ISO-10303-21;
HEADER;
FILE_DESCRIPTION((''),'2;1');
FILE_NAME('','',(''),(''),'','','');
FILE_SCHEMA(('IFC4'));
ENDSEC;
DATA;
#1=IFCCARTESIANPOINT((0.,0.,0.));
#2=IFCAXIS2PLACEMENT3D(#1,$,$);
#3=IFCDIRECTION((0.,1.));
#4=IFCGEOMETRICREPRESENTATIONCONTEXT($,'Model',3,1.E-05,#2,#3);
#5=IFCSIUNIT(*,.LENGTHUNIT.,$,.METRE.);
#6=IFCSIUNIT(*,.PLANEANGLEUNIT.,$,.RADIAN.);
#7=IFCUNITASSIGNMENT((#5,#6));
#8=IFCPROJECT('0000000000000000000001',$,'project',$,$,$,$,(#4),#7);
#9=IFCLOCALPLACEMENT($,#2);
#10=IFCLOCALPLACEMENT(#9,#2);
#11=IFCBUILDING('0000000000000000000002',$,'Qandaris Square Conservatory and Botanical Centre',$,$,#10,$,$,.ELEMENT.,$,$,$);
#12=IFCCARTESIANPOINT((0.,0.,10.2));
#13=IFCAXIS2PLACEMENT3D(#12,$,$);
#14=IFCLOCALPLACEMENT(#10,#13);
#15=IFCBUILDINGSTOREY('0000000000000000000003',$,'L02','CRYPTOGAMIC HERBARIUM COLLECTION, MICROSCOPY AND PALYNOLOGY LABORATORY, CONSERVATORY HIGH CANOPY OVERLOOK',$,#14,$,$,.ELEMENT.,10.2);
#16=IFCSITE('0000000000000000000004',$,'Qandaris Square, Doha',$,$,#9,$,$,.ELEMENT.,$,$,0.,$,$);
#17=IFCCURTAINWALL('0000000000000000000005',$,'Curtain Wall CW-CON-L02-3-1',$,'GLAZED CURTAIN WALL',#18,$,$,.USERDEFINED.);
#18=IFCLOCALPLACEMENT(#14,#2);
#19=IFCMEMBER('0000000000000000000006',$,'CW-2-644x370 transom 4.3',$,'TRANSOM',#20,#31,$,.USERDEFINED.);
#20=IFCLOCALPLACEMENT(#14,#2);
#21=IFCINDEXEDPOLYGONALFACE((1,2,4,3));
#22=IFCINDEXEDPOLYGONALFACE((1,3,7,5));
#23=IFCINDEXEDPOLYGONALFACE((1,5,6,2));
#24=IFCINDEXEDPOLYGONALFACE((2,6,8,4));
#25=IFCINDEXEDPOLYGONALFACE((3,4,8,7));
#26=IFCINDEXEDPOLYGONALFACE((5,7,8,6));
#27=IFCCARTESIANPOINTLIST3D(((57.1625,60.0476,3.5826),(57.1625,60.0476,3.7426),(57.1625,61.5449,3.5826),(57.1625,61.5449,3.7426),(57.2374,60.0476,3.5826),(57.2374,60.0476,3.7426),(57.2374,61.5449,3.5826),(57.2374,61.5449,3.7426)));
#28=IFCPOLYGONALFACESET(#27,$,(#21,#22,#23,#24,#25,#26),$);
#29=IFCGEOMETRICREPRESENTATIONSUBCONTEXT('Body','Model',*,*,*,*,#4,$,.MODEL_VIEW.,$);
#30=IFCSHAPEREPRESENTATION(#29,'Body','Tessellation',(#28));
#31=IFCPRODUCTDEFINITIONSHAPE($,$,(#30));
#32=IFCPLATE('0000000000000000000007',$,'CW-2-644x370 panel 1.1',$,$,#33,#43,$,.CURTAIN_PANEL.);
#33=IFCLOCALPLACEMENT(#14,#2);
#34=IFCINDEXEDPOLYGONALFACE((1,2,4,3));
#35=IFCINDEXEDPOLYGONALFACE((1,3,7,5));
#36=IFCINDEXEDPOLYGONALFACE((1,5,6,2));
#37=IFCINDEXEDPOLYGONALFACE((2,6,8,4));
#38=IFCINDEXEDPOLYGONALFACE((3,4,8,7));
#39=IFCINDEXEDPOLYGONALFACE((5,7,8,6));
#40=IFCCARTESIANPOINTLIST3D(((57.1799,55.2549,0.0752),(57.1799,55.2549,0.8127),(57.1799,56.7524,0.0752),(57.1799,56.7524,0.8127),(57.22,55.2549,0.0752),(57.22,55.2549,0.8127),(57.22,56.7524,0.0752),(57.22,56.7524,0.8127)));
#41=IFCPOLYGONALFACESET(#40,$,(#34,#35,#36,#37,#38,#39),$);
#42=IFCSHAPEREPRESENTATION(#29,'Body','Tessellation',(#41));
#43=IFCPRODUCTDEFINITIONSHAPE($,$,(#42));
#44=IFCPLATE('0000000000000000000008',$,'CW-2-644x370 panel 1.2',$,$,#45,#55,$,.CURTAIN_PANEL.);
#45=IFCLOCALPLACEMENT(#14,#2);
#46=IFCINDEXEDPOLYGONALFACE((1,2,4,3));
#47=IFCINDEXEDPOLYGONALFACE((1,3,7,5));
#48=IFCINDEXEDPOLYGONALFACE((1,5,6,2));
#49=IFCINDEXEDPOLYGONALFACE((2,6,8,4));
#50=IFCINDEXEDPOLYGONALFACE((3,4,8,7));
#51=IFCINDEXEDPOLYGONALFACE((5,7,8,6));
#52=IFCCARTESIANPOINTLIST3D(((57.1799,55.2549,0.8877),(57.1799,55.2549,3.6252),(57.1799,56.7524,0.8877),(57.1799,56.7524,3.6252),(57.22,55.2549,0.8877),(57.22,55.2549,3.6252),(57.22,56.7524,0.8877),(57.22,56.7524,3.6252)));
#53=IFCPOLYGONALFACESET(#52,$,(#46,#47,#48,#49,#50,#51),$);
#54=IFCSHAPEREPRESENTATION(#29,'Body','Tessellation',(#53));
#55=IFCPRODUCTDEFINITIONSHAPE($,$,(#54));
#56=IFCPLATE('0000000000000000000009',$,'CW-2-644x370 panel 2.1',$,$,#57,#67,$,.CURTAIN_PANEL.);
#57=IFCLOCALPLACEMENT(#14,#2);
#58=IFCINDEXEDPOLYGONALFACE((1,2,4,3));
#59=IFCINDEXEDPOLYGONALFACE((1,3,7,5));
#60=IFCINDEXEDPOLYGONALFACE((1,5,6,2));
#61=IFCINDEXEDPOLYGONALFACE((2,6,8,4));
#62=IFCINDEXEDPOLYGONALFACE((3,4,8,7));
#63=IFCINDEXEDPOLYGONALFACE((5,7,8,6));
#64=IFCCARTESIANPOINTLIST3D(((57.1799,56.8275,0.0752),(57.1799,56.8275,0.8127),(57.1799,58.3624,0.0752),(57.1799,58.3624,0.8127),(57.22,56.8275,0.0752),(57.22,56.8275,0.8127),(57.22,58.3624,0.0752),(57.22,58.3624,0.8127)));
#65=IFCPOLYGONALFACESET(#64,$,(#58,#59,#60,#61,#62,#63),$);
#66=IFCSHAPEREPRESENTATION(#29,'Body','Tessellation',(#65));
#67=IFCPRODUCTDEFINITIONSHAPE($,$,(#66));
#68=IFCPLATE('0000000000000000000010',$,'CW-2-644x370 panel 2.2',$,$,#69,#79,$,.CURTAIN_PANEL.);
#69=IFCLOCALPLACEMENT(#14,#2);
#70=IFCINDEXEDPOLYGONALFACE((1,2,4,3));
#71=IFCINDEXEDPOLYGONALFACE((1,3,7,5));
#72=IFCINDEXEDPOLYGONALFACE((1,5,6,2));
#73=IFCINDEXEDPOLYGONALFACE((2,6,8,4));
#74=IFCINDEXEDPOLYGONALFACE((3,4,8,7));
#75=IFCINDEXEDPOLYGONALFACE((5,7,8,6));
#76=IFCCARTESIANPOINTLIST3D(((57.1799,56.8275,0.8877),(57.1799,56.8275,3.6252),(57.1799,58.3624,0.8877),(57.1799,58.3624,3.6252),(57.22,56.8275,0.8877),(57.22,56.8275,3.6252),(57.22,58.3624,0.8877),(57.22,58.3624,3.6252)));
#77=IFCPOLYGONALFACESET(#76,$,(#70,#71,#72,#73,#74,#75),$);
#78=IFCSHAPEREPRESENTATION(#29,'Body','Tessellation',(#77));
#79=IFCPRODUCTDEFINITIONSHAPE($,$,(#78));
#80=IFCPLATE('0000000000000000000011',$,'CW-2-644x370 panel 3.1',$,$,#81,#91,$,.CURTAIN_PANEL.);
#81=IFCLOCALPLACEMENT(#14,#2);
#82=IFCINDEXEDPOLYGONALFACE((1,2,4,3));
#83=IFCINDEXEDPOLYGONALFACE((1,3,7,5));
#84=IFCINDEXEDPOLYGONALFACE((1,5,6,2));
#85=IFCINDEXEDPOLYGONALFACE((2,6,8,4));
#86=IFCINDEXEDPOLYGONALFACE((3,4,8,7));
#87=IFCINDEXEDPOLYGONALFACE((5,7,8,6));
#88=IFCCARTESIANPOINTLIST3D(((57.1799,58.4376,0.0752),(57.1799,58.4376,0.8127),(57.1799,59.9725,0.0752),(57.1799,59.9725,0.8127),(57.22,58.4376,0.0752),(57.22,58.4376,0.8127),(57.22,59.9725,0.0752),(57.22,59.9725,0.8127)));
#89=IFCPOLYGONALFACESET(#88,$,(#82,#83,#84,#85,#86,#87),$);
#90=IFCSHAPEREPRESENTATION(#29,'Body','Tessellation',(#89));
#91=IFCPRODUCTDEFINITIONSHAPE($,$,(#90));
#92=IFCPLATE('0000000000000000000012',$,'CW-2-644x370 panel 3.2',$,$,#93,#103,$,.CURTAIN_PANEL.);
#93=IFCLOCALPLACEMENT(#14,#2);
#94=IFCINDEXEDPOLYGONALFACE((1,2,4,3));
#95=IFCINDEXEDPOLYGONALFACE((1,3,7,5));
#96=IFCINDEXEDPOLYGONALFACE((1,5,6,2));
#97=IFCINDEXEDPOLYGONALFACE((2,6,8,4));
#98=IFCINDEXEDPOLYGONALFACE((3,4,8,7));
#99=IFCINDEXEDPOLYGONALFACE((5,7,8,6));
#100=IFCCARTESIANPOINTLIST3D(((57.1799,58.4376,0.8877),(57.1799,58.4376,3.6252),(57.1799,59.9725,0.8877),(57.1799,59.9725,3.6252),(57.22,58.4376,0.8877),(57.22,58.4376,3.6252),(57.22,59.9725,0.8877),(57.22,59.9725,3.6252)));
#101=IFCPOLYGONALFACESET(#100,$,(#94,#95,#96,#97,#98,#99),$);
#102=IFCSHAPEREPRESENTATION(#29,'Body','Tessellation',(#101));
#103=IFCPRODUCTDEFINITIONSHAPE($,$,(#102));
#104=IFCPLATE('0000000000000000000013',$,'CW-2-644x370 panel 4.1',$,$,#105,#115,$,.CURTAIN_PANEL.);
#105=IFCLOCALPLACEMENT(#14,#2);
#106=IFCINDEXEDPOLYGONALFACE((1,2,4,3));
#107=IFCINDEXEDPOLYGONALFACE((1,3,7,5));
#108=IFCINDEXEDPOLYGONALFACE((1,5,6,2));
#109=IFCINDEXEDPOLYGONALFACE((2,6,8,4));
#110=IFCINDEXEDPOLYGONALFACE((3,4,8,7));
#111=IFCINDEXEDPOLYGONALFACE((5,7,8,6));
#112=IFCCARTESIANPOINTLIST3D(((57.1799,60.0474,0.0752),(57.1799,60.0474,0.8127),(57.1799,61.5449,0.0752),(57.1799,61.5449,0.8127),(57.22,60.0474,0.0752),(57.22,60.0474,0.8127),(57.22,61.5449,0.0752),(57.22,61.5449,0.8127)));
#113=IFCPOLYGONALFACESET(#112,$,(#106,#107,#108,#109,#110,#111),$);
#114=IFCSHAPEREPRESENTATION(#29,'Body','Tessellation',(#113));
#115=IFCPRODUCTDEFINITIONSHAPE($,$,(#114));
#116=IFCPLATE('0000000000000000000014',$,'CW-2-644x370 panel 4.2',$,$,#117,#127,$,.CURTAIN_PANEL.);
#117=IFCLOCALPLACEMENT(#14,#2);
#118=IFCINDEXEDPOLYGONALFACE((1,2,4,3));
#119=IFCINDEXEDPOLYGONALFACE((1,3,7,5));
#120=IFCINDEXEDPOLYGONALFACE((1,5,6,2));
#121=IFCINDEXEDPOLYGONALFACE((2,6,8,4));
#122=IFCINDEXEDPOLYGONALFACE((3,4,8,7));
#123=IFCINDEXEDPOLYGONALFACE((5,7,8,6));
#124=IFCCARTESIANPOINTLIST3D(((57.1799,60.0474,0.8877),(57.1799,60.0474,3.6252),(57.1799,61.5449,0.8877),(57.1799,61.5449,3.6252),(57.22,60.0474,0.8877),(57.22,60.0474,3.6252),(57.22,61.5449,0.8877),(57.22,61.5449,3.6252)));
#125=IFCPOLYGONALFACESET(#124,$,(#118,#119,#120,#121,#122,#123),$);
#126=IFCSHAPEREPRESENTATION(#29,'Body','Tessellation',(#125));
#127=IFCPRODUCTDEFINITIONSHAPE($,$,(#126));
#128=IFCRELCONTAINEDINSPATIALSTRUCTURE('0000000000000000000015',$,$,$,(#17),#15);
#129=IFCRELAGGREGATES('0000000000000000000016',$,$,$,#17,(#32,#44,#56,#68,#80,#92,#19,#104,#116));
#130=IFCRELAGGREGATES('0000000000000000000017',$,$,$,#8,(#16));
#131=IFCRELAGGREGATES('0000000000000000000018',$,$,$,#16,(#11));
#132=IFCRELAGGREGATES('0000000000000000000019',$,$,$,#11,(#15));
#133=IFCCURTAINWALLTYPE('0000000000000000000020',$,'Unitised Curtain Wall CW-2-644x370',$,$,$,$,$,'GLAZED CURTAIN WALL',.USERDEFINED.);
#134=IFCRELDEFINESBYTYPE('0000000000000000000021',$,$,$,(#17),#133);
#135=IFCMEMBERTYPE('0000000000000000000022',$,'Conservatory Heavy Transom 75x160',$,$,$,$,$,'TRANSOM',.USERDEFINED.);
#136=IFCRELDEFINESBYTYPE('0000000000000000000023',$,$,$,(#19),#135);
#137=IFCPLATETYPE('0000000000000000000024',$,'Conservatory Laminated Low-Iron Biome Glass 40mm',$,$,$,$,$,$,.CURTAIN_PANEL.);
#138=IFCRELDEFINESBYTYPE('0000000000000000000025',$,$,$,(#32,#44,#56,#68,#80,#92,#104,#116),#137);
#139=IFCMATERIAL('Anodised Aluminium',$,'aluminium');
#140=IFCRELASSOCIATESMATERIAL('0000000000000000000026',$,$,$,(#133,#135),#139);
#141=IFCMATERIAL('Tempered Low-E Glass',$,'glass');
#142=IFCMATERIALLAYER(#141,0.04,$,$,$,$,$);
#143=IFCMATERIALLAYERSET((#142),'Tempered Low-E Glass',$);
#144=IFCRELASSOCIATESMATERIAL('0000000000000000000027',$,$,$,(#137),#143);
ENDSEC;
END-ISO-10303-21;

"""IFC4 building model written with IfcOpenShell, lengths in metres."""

from ifc_helpers import new_model, si_unit, direction, frame, origin, origin_2d, place, context, subcontext, project, spatial, rectangle, extrude, material, layer, layer_set, material_profile, profile_set, type_object, element, aggregate, save


model = new_model("IFC4")

# Units and contexts
model_context = context("Model", 3, precision=1e-05, world=origin(), true_north=direction((0.0, 1.0)))
body_context = subcontext(model_context, "Body", "Model", "MODEL_VIEW")
ifc_project = project(units=[si_unit("LENGTHUNIT", "METRE"), si_unit("PLANEANGLEUNIT", "RADIAN")], contexts=[model_context])

# Site, building, storey
site_placement = place(None, origin())
site = spatial("IfcSite", under=ifc_project, at=site_placement, Name="Qandaris Square, Doha", CompositionType="ELEMENT", RefElevation=0.0)
building_placement = place(site_placement, origin())
building = spatial("IfcBuilding", under=site, at=building_placement, Name="Qandaris Square Conservatory and Botanical Centre", CompositionType="ELEMENT")
storey_placement = place(building_placement, frame((0.0, 0.0, 10.2)))
storey = spatial("IfcBuildingStorey", under=building, at=storey_placement, Name="L02", Description="CRYPTOGAMIC HERBARIUM COLLECTION, MICROSCOPY AND PALYNOLOGY LABORATORY, CONSERVATORY HIGH CANOPY OVERLOOK", CompositionType="ELEMENT", Elevation=10.2)

# Curtain wall, member, plates
ifc_material_1 = material(Name="Anodised Aluminium", Category="aluminium")
curtain_wall_type = type_object("IfcCurtainWallType", Name="Unitised Curtain Wall CW-2-644x370", ElementType="GLAZED CURTAIN WALL", PredefinedType="USERDEFINED", material=ifc_material_1)
curtain_wall_placement = place(storey_placement, origin())
curtain_wall = element("IfcCurtainWall", 1, at=curtain_wall_placement, inside=storey, type_object=curtain_wall_type, Name="Curtain Wall CW-CON-L02-3-1", ObjectType="GLAZED CURTAIN WALL", PredefinedType="USERDEFINED")
ifc_material_profile_1 = material_profile(ifc_material_1, rectangle(XDim=0.075, YDim=0.1599, at=origin_2d()), Name="ALU-TRN 75x160")
ifc_profile_set_1 = profile_set([ifc_material_profile_1], Name="Anodised Aluminium")
member_type_1 = type_object("IfcMemberType", Name="Conservatory Heavy Transom 75x160", ElementType="TRANSOM", PredefinedType="USERDEFINED", material=ifc_profile_set_1)
member_1_placement = place(storey_placement, frame((57.2, 60.0476, 3.6626), z_axis=(0.0, 1.0, 0.0), x_axis=(-1.0, 0.0, 0.0)))
member_1 = element("IfcMember", 2, at=member_1_placement, type_object=member_type_1, Name="CW-2-644x370 transom 4.3", ObjectType="TRANSOM", PredefinedType="USERDEFINED", context=body_context, shape_type="SweptSolid", body=[
    extrude(rectangle(XDim=0.075, YDim=0.1599, at=origin_2d()), origin(), (0.0, 0.0, 1.0), 1.4973),
])
ifc_material_2 = material(Name="Tempered Low-E Glass", Category="glass")
ifc_layer = layer(ifc_material_2, 0.04)
ifc_layer_set = layer_set([ifc_layer], Name="Tempered Low-E Glass")
plate_type = type_object("IfcPlateType", Name="Conservatory Laminated Low-Iron Biome Glass 40mm", PredefinedType="CURTAIN_PANEL", material=ifc_layer_set)
plate_1_placement = place(storey_placement, frame((57.2, 56.0037, 0.0752), z_axis=(0.0, 0.0, 1.0), x_axis=(0.0, 1.0, 0.0)))
plate_1 = element("IfcPlate", 3, at=plate_1_placement, type_object=plate_type, Name="CW-2-644x370 panel 1.1", PredefinedType="CURTAIN_PANEL", context=body_context, shape_type="SweptSolid", body=[
    extrude(rectangle(XDim=1.4976, YDim=0.04, at=origin_2d()), origin(), (0.0, 0.0, 1.0), 0.7375),
])
plate_2_placement = place(storey_placement, frame((57.2, 56.0037, 0.8877), z_axis=(0.0, 0.0, 1.0), x_axis=(0.0, 1.0, 0.0)))
plate_2 = element("IfcPlate", 4, at=plate_2_placement, type_object=plate_type, Name="CW-2-644x370 panel 1.2", PredefinedType="CURTAIN_PANEL", context=body_context, shape_type="SweptSolid", body=[
    extrude(rectangle(XDim=1.4976, YDim=0.04, at=origin_2d()), origin(), (0.0, 0.0, 1.0), 2.7375),
])
plate_3_placement = place(storey_placement, frame((57.2, 57.595, 0.0752), z_axis=(0.0, 0.0, 1.0), x_axis=(0.0, 1.0, 0.0)))
plate_3 = element("IfcPlate", 5, at=plate_3_placement, type_object=plate_type, Name="CW-2-644x370 panel 2.1", PredefinedType="CURTAIN_PANEL", context=body_context, shape_type="SweptSolid", body=[
    extrude(rectangle(XDim=1.5349, YDim=0.04, at=origin_2d()), origin(), (0.0, 0.0, 1.0), 0.7375),
])
plate_4_placement = place(storey_placement, frame((57.2, 57.595, 0.8877), z_axis=(0.0, 0.0, 1.0), x_axis=(0.0, 1.0, 0.0)))
plate_4 = element("IfcPlate", 6, at=plate_4_placement, type_object=plate_type, Name="CW-2-644x370 panel 2.2", PredefinedType="CURTAIN_PANEL", context=body_context, shape_type="SweptSolid", body=[
    extrude(rectangle(XDim=1.5349, YDim=0.04, at=origin_2d()), origin(), (0.0, 0.0, 1.0), 2.7375),
])
plate_5_placement = place(storey_placement, frame((57.2, 59.2051, 0.0752), z_axis=(0.0, 0.0, 1.0), x_axis=(0.0, 1.0, 0.0)))
plate_5 = element("IfcPlate", 7, at=plate_5_placement, type_object=plate_type, Name="CW-2-644x370 panel 3.1", PredefinedType="CURTAIN_PANEL", context=body_context, shape_type="SweptSolid", body=[
    extrude(rectangle(XDim=1.5349, YDim=0.04, at=origin_2d()), origin(), (0.0, 0.0, 1.0), 0.7375),
])
plate_6_placement = place(storey_placement, frame((57.2, 59.2051, 0.8877), z_axis=(0.0, 0.0, 1.0), x_axis=(0.0, 1.0, 0.0)))
plate_6 = element("IfcPlate", 8, at=plate_6_placement, type_object=plate_type, Name="CW-2-644x370 panel 3.2", PredefinedType="CURTAIN_PANEL", context=body_context, shape_type="SweptSolid", body=[
    extrude(rectangle(XDim=1.5349, YDim=0.04, at=origin_2d()), origin(), (0.0, 0.0, 1.0), 2.7375),
])
plate_7_placement = place(storey_placement, frame((57.2, 60.7961, 0.0752), z_axis=(0.0, 0.0, 1.0), x_axis=(0.0, 1.0, 0.0)))
plate_7 = element("IfcPlate", 9, at=plate_7_placement, type_object=plate_type, Name="CW-2-644x370 panel 4.1", PredefinedType="CURTAIN_PANEL", context=body_context, shape_type="SweptSolid", body=[
    extrude(rectangle(XDim=1.4976, YDim=0.04, at=origin_2d()), origin(), (0.0, 0.0, 1.0), 0.7375),
])
plate_8_placement = place(storey_placement, frame((57.2, 60.7961, 0.8877), z_axis=(0.0, 0.0, 1.0), x_axis=(0.0, 1.0, 0.0)))
plate_8 = element("IfcPlate", 10, at=plate_8_placement, type_object=plate_type, Name="CW-2-644x370 panel 4.2", PredefinedType="CURTAIN_PANEL", context=body_context, shape_type="SweptSolid", body=[
    extrude(rectangle(XDim=1.4976, YDim=0.04, at=origin_2d()), origin(), (0.0, 0.0, 1.0), 2.7375),
])
aggregate(curtain_wall, [plate_1, plate_2, plate_3, plate_4, plate_5, plate_6, member_1, plate_7, plate_8])

save(model, "model.ifc")
